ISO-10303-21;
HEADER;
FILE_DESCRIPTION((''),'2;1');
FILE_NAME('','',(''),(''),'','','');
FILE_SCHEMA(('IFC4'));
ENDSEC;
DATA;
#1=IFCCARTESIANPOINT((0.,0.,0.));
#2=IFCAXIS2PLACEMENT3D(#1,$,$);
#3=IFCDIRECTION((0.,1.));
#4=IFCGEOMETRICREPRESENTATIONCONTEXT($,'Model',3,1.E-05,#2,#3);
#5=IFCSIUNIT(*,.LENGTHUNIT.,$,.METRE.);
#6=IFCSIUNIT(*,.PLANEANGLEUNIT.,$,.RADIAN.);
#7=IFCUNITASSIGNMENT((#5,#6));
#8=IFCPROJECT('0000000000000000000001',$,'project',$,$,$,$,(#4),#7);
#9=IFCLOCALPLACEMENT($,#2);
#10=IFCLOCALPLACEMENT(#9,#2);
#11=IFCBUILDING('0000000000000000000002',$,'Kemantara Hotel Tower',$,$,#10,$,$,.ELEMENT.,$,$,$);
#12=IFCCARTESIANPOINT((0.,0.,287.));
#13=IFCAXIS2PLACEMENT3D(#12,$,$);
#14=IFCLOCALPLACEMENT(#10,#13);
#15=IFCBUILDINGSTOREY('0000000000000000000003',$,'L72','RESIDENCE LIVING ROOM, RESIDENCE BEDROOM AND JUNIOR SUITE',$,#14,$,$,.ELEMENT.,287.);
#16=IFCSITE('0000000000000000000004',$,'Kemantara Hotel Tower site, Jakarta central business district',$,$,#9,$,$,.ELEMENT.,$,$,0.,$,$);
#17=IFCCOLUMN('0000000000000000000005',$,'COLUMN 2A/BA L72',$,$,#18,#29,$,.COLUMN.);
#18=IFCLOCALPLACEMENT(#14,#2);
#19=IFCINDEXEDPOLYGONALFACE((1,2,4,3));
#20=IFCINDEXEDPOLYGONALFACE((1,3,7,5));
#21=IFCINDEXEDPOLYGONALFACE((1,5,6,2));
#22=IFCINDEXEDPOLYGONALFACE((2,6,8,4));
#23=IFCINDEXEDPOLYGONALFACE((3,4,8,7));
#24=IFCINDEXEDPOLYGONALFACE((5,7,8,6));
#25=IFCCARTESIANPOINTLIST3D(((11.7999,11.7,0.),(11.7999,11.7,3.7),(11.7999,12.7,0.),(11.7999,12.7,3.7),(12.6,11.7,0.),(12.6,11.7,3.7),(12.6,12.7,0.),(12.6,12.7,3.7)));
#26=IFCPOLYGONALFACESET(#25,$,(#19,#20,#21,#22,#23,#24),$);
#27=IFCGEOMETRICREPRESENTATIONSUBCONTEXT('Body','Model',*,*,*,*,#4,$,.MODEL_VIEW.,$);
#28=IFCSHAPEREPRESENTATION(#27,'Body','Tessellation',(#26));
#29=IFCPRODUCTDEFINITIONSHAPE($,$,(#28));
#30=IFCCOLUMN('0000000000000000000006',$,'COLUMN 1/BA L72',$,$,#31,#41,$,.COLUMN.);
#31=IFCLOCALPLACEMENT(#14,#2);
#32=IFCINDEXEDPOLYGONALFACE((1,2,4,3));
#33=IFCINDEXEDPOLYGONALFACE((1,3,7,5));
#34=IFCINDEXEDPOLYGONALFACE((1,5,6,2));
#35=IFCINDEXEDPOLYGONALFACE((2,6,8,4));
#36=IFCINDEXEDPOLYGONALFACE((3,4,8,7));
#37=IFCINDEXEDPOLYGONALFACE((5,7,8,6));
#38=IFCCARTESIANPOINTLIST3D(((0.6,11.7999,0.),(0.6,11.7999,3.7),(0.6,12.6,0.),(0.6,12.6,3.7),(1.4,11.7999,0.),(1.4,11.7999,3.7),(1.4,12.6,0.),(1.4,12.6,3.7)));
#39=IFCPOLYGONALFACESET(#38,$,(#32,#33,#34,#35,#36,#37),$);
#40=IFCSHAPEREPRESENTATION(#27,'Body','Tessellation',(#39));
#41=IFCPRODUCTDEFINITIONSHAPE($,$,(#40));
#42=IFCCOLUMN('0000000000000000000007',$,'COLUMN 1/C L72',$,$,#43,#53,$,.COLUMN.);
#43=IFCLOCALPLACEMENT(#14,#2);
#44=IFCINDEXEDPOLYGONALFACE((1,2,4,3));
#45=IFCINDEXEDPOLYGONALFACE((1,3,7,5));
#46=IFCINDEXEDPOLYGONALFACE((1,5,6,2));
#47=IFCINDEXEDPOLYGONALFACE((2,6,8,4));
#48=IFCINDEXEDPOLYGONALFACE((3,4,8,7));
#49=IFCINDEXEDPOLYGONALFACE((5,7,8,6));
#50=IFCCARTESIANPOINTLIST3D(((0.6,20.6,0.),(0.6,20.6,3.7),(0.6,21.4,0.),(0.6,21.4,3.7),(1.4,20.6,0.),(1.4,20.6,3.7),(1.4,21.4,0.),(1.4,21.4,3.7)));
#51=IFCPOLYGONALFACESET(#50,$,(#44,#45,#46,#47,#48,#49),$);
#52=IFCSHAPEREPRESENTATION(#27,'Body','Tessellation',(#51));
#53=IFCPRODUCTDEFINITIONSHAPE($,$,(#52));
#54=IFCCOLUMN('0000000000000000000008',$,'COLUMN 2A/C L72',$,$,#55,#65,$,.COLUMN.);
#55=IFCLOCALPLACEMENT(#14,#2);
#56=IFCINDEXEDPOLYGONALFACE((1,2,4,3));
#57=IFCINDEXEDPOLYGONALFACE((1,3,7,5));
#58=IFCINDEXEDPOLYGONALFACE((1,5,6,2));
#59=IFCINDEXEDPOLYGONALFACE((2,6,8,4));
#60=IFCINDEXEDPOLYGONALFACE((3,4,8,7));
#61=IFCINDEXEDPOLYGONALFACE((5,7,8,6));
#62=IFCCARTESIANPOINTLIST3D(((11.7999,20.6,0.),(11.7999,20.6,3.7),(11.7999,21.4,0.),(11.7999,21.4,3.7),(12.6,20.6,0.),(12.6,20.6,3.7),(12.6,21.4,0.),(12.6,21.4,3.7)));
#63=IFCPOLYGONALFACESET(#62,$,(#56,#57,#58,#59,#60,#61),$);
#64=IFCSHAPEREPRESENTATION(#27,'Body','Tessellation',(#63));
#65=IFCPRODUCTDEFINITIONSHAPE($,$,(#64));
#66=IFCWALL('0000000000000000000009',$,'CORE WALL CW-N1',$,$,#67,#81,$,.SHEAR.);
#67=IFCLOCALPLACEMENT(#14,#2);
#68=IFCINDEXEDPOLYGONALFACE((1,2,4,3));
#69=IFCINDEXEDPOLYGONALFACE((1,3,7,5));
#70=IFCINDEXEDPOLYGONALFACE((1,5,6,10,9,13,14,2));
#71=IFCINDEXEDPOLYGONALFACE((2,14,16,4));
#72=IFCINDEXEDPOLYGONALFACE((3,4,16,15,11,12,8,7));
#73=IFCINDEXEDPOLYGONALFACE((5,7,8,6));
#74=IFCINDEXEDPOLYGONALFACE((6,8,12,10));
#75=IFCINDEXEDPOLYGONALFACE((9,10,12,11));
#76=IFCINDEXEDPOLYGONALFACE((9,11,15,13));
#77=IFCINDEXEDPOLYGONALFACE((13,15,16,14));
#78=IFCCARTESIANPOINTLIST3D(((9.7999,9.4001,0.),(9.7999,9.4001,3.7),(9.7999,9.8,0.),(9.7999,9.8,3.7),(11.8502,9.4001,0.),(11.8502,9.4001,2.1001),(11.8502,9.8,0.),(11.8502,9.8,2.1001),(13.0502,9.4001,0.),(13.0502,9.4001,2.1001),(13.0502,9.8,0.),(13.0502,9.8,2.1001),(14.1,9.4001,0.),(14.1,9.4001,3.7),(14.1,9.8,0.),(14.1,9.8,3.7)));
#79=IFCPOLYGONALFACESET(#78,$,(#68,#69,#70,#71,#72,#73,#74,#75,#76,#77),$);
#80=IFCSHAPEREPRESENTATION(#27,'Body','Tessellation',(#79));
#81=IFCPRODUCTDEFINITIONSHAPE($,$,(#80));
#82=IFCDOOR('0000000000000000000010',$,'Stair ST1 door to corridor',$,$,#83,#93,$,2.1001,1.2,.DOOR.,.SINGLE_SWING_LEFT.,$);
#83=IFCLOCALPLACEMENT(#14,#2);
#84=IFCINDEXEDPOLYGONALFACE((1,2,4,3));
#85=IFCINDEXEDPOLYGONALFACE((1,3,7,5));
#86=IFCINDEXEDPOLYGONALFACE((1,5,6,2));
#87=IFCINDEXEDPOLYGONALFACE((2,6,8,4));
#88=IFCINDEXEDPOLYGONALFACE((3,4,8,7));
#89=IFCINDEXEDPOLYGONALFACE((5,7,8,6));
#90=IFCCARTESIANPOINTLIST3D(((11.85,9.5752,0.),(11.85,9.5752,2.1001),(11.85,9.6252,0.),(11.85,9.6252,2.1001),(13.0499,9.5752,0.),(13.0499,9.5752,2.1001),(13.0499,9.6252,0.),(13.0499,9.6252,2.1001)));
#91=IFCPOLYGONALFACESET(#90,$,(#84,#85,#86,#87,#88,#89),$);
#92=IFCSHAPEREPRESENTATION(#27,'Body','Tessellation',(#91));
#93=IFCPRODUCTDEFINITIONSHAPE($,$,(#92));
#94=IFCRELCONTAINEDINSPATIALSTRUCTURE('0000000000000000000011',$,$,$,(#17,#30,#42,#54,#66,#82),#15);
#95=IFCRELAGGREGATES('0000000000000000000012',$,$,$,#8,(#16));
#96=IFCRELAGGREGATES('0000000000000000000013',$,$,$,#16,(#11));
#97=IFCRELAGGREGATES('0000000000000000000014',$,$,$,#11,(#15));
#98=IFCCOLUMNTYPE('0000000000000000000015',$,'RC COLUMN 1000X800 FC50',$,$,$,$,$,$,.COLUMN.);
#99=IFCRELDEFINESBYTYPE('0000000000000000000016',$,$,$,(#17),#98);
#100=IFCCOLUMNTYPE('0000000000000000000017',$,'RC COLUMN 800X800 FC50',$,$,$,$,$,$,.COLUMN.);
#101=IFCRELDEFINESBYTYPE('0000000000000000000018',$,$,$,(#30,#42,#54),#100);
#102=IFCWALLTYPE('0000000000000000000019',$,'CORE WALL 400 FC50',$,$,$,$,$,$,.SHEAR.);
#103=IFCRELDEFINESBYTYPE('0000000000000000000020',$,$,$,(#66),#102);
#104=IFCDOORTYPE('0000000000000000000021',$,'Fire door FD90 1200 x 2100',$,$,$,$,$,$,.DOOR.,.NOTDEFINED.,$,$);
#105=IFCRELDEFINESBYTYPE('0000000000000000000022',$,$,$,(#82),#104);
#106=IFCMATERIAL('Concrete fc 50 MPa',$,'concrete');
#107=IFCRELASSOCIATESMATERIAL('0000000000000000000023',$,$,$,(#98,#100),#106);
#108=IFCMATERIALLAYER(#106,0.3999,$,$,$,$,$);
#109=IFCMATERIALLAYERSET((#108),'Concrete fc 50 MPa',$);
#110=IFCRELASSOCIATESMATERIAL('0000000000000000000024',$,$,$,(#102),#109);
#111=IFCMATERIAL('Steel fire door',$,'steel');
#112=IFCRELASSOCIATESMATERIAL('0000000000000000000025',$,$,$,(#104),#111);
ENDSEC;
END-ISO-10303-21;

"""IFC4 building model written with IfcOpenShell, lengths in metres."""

from ifc_helpers import new_model, si_unit, direction, frame, frame_2d, origin, origin_2d, place, context, subcontext, project, spatial, rectangle, extrude, material, layer, layer_set, material_profile, profile_set, type_object, element, fill, save


model = new_model("IFC4")

# Units and contexts
model_context = context("Model", 3, precision=1e-05, world=origin(), true_north=direction((0.0, 1.0)))
body_context = subcontext(model_context, "Body", "Model", "MODEL_VIEW")
ifc_project = project(units=[si_unit("LENGTHUNIT", "METRE"), si_unit("PLANEANGLEUNIT", "RADIAN")], contexts=[model_context])

# Site, building, storey
site_placement = place(None, origin())
site = spatial("IfcSite", under=ifc_project, at=site_placement, Name="Kemantara Hotel Tower site, Jakarta central business district", CompositionType="ELEMENT", RefElevation=0.0)
building_placement = place(site_placement, origin())
building = spatial("IfcBuilding", under=site, at=building_placement, Name="Kemantara Hotel Tower", CompositionType="ELEMENT")
storey_placement = place(building_placement, frame((0.0, 0.0, 287.0)))
storey = spatial("IfcBuildingStorey", under=building, at=storey_placement, Name="L72", Description="RESIDENCE LIVING ROOM, RESIDENCE BEDROOM AND JUNIOR SUITE", CompositionType="ELEMENT", Elevation=287.0)

# Columns
ifc_material_1 = material(Name="Concrete fc 50 MPa", Category="concrete")
ifc_material_profile_1 = material_profile(ifc_material_1, rectangle(XDim=1.0, YDim=0.8, at=origin_2d()), Name="RC 1000X800")
ifc_profile_set_1 = profile_set([ifc_material_profile_1], Name="Concrete fc 50 MPa")
column_type_1 = type_object("IfcColumnType", Name="RC COLUMN 1000X800 FC50", PredefinedType="COLUMN", material=ifc_profile_set_1)
column_placement = place(storey_placement, frame((12.2, 12.2, 0.0), z_axis=(0.0, 0.0, 1.0), x_axis=(0.0, 1.0, 0.0)))
element("IfcColumn", 1, at=column_placement, inside=storey, type_object=column_type_1, Name="COLUMN 2A/BA L72", PredefinedType="COLUMN", context=body_context, shape_type="SweptSolid", body=[
    extrude(rectangle(XDim=1.0, YDim=0.8, at=origin_2d()), origin(), (0.0, 0.0, 1.0), 3.7),
])
ifc_material_profile_2 = material_profile(ifc_material_1, rectangle(XDim=0.8, YDim=0.8, at=origin_2d()), Name="RC 800X800")
ifc_profile_set_2 = profile_set([ifc_material_profile_2], Name="Concrete fc 50 MPa")
column_type_2 = type_object("IfcColumnType", Name="RC COLUMN 800X800 FC50", PredefinedType="COLUMN", material=ifc_profile_set_2)
for number, where, z_axis, x_axis, name in (
    (2, (1.0, 12.2, 0.0), (0.0, 0.0, 1.0), (1.0, 0.0, 0.0), "COLUMN 1/BA L72"),
    (3, (1.0, 21.0, 0.0), (0.0, 0.0, 1.0), (1.0, 0.0, 0.0), "COLUMN 1/C L72"),
    (4, (12.2, 21.0, 0.0), (0.0, 0.0, 1.0), (1.0, 0.0, 0.0), "COLUMN 2A/C L72"),
):
    element("IfcColumn", number, at=place(storey_placement, frame(where, z_axis=z_axis, x_axis=x_axis)), inside=storey, type_object=column_type_2, Name=name, PredefinedType="COLUMN", context=body_context, shape_type="SweptSolid", body=[
        extrude(rectangle(XDim=0.8, YDim=0.8, at=origin_2d()), origin(), (0.0, 0.0, 1.0), 3.7),
    ])

# Wall, opening, door
ifc_layer_1 = layer(ifc_material_1, 0.3999)
ifc_layer_set_1 = layer_set([ifc_layer_1], Name="Concrete fc 50 MPa")
wall_type_1 = type_object("IfcWallType", Name="CORE WALL 400 FC50", PredefinedType="SHEAR", material=ifc_layer_set_1)
wall_1_placement = place(storey_placement, frame((9.8, 9.6001, 0.0), z_axis=(0.0, 0.0, 1.0), x_axis=(1.0, 0.0, 0.0)))
wall_1 = element("IfcWall", 5, at=wall_1_placement, inside=storey, type_object=wall_type_1, Name="CORE WALL CW-N1", PredefinedType="SHEAR", context=body_context, shape_type="SweptSolid", body=[
    extrude(rectangle(XDim=4.3, YDim=0.3999, at=frame_2d((2.1499, 0.0))), origin(), (0.0, 0.0, 1.0), 3.7),
])
opening_1_placement = place(wall_1_placement, frame((2.05, 0.0, 0.0)))
opening_1 = element("IfcOpeningElement", 6, at=opening_1_placement, cuts=wall_1, PredefinedType="OPENING", context=body_context, shape_type="SweptSolid", body=[
    extrude(rectangle(XDim=1.2, YDim=2.1001, at=frame_2d((0.6001, 1.05))), frame((0.0, 0.21, 0.0), z_axis=(0.0, -1.0, 0.0), x_axis=(1.0, 0.0, 0.0)), (0.0, 0.0, 1.0), 0.4199),
])
ifc_material_2 = material(Name="Steel fire door", Category="steel")
door_type_1 = type_object("IfcDoorType", Name="Fire door FD90 1200 x 2100", OperationType="NOTDEFINED", PredefinedType="DOOR", material=ifc_material_2)
door_1_placement = place(opening_1_placement, frame((1.2, 0.0, 0.0), z_axis=(0.0, 0.0, 1.0), x_axis=(-1.0, 0.0, 0.0)))
door_1 = element("IfcDoor", 7, at=door_1_placement, inside=storey, type_object=door_type_1, Name="Stair ST1 door to corridor", OperationType="SINGLE_SWING_LEFT", OverallHeight=2.1001, OverallWidth=1.2, PredefinedType="DOOR", context=body_context, shape_type="SweptSolid", body=[
    extrude(rectangle(XDim=1.2, YDim=2.1001, at=frame_2d((0.6001, 1.05))), frame((0.0, 0.0249, 0.0), z_axis=(0.0, -1.0, 0.0), x_axis=(1.0, 0.0, 0.0)), (0.0, 0.0, 1.0), 0.05),
])
fill(opening_1, door_1)

save(model, "model.ifc")
